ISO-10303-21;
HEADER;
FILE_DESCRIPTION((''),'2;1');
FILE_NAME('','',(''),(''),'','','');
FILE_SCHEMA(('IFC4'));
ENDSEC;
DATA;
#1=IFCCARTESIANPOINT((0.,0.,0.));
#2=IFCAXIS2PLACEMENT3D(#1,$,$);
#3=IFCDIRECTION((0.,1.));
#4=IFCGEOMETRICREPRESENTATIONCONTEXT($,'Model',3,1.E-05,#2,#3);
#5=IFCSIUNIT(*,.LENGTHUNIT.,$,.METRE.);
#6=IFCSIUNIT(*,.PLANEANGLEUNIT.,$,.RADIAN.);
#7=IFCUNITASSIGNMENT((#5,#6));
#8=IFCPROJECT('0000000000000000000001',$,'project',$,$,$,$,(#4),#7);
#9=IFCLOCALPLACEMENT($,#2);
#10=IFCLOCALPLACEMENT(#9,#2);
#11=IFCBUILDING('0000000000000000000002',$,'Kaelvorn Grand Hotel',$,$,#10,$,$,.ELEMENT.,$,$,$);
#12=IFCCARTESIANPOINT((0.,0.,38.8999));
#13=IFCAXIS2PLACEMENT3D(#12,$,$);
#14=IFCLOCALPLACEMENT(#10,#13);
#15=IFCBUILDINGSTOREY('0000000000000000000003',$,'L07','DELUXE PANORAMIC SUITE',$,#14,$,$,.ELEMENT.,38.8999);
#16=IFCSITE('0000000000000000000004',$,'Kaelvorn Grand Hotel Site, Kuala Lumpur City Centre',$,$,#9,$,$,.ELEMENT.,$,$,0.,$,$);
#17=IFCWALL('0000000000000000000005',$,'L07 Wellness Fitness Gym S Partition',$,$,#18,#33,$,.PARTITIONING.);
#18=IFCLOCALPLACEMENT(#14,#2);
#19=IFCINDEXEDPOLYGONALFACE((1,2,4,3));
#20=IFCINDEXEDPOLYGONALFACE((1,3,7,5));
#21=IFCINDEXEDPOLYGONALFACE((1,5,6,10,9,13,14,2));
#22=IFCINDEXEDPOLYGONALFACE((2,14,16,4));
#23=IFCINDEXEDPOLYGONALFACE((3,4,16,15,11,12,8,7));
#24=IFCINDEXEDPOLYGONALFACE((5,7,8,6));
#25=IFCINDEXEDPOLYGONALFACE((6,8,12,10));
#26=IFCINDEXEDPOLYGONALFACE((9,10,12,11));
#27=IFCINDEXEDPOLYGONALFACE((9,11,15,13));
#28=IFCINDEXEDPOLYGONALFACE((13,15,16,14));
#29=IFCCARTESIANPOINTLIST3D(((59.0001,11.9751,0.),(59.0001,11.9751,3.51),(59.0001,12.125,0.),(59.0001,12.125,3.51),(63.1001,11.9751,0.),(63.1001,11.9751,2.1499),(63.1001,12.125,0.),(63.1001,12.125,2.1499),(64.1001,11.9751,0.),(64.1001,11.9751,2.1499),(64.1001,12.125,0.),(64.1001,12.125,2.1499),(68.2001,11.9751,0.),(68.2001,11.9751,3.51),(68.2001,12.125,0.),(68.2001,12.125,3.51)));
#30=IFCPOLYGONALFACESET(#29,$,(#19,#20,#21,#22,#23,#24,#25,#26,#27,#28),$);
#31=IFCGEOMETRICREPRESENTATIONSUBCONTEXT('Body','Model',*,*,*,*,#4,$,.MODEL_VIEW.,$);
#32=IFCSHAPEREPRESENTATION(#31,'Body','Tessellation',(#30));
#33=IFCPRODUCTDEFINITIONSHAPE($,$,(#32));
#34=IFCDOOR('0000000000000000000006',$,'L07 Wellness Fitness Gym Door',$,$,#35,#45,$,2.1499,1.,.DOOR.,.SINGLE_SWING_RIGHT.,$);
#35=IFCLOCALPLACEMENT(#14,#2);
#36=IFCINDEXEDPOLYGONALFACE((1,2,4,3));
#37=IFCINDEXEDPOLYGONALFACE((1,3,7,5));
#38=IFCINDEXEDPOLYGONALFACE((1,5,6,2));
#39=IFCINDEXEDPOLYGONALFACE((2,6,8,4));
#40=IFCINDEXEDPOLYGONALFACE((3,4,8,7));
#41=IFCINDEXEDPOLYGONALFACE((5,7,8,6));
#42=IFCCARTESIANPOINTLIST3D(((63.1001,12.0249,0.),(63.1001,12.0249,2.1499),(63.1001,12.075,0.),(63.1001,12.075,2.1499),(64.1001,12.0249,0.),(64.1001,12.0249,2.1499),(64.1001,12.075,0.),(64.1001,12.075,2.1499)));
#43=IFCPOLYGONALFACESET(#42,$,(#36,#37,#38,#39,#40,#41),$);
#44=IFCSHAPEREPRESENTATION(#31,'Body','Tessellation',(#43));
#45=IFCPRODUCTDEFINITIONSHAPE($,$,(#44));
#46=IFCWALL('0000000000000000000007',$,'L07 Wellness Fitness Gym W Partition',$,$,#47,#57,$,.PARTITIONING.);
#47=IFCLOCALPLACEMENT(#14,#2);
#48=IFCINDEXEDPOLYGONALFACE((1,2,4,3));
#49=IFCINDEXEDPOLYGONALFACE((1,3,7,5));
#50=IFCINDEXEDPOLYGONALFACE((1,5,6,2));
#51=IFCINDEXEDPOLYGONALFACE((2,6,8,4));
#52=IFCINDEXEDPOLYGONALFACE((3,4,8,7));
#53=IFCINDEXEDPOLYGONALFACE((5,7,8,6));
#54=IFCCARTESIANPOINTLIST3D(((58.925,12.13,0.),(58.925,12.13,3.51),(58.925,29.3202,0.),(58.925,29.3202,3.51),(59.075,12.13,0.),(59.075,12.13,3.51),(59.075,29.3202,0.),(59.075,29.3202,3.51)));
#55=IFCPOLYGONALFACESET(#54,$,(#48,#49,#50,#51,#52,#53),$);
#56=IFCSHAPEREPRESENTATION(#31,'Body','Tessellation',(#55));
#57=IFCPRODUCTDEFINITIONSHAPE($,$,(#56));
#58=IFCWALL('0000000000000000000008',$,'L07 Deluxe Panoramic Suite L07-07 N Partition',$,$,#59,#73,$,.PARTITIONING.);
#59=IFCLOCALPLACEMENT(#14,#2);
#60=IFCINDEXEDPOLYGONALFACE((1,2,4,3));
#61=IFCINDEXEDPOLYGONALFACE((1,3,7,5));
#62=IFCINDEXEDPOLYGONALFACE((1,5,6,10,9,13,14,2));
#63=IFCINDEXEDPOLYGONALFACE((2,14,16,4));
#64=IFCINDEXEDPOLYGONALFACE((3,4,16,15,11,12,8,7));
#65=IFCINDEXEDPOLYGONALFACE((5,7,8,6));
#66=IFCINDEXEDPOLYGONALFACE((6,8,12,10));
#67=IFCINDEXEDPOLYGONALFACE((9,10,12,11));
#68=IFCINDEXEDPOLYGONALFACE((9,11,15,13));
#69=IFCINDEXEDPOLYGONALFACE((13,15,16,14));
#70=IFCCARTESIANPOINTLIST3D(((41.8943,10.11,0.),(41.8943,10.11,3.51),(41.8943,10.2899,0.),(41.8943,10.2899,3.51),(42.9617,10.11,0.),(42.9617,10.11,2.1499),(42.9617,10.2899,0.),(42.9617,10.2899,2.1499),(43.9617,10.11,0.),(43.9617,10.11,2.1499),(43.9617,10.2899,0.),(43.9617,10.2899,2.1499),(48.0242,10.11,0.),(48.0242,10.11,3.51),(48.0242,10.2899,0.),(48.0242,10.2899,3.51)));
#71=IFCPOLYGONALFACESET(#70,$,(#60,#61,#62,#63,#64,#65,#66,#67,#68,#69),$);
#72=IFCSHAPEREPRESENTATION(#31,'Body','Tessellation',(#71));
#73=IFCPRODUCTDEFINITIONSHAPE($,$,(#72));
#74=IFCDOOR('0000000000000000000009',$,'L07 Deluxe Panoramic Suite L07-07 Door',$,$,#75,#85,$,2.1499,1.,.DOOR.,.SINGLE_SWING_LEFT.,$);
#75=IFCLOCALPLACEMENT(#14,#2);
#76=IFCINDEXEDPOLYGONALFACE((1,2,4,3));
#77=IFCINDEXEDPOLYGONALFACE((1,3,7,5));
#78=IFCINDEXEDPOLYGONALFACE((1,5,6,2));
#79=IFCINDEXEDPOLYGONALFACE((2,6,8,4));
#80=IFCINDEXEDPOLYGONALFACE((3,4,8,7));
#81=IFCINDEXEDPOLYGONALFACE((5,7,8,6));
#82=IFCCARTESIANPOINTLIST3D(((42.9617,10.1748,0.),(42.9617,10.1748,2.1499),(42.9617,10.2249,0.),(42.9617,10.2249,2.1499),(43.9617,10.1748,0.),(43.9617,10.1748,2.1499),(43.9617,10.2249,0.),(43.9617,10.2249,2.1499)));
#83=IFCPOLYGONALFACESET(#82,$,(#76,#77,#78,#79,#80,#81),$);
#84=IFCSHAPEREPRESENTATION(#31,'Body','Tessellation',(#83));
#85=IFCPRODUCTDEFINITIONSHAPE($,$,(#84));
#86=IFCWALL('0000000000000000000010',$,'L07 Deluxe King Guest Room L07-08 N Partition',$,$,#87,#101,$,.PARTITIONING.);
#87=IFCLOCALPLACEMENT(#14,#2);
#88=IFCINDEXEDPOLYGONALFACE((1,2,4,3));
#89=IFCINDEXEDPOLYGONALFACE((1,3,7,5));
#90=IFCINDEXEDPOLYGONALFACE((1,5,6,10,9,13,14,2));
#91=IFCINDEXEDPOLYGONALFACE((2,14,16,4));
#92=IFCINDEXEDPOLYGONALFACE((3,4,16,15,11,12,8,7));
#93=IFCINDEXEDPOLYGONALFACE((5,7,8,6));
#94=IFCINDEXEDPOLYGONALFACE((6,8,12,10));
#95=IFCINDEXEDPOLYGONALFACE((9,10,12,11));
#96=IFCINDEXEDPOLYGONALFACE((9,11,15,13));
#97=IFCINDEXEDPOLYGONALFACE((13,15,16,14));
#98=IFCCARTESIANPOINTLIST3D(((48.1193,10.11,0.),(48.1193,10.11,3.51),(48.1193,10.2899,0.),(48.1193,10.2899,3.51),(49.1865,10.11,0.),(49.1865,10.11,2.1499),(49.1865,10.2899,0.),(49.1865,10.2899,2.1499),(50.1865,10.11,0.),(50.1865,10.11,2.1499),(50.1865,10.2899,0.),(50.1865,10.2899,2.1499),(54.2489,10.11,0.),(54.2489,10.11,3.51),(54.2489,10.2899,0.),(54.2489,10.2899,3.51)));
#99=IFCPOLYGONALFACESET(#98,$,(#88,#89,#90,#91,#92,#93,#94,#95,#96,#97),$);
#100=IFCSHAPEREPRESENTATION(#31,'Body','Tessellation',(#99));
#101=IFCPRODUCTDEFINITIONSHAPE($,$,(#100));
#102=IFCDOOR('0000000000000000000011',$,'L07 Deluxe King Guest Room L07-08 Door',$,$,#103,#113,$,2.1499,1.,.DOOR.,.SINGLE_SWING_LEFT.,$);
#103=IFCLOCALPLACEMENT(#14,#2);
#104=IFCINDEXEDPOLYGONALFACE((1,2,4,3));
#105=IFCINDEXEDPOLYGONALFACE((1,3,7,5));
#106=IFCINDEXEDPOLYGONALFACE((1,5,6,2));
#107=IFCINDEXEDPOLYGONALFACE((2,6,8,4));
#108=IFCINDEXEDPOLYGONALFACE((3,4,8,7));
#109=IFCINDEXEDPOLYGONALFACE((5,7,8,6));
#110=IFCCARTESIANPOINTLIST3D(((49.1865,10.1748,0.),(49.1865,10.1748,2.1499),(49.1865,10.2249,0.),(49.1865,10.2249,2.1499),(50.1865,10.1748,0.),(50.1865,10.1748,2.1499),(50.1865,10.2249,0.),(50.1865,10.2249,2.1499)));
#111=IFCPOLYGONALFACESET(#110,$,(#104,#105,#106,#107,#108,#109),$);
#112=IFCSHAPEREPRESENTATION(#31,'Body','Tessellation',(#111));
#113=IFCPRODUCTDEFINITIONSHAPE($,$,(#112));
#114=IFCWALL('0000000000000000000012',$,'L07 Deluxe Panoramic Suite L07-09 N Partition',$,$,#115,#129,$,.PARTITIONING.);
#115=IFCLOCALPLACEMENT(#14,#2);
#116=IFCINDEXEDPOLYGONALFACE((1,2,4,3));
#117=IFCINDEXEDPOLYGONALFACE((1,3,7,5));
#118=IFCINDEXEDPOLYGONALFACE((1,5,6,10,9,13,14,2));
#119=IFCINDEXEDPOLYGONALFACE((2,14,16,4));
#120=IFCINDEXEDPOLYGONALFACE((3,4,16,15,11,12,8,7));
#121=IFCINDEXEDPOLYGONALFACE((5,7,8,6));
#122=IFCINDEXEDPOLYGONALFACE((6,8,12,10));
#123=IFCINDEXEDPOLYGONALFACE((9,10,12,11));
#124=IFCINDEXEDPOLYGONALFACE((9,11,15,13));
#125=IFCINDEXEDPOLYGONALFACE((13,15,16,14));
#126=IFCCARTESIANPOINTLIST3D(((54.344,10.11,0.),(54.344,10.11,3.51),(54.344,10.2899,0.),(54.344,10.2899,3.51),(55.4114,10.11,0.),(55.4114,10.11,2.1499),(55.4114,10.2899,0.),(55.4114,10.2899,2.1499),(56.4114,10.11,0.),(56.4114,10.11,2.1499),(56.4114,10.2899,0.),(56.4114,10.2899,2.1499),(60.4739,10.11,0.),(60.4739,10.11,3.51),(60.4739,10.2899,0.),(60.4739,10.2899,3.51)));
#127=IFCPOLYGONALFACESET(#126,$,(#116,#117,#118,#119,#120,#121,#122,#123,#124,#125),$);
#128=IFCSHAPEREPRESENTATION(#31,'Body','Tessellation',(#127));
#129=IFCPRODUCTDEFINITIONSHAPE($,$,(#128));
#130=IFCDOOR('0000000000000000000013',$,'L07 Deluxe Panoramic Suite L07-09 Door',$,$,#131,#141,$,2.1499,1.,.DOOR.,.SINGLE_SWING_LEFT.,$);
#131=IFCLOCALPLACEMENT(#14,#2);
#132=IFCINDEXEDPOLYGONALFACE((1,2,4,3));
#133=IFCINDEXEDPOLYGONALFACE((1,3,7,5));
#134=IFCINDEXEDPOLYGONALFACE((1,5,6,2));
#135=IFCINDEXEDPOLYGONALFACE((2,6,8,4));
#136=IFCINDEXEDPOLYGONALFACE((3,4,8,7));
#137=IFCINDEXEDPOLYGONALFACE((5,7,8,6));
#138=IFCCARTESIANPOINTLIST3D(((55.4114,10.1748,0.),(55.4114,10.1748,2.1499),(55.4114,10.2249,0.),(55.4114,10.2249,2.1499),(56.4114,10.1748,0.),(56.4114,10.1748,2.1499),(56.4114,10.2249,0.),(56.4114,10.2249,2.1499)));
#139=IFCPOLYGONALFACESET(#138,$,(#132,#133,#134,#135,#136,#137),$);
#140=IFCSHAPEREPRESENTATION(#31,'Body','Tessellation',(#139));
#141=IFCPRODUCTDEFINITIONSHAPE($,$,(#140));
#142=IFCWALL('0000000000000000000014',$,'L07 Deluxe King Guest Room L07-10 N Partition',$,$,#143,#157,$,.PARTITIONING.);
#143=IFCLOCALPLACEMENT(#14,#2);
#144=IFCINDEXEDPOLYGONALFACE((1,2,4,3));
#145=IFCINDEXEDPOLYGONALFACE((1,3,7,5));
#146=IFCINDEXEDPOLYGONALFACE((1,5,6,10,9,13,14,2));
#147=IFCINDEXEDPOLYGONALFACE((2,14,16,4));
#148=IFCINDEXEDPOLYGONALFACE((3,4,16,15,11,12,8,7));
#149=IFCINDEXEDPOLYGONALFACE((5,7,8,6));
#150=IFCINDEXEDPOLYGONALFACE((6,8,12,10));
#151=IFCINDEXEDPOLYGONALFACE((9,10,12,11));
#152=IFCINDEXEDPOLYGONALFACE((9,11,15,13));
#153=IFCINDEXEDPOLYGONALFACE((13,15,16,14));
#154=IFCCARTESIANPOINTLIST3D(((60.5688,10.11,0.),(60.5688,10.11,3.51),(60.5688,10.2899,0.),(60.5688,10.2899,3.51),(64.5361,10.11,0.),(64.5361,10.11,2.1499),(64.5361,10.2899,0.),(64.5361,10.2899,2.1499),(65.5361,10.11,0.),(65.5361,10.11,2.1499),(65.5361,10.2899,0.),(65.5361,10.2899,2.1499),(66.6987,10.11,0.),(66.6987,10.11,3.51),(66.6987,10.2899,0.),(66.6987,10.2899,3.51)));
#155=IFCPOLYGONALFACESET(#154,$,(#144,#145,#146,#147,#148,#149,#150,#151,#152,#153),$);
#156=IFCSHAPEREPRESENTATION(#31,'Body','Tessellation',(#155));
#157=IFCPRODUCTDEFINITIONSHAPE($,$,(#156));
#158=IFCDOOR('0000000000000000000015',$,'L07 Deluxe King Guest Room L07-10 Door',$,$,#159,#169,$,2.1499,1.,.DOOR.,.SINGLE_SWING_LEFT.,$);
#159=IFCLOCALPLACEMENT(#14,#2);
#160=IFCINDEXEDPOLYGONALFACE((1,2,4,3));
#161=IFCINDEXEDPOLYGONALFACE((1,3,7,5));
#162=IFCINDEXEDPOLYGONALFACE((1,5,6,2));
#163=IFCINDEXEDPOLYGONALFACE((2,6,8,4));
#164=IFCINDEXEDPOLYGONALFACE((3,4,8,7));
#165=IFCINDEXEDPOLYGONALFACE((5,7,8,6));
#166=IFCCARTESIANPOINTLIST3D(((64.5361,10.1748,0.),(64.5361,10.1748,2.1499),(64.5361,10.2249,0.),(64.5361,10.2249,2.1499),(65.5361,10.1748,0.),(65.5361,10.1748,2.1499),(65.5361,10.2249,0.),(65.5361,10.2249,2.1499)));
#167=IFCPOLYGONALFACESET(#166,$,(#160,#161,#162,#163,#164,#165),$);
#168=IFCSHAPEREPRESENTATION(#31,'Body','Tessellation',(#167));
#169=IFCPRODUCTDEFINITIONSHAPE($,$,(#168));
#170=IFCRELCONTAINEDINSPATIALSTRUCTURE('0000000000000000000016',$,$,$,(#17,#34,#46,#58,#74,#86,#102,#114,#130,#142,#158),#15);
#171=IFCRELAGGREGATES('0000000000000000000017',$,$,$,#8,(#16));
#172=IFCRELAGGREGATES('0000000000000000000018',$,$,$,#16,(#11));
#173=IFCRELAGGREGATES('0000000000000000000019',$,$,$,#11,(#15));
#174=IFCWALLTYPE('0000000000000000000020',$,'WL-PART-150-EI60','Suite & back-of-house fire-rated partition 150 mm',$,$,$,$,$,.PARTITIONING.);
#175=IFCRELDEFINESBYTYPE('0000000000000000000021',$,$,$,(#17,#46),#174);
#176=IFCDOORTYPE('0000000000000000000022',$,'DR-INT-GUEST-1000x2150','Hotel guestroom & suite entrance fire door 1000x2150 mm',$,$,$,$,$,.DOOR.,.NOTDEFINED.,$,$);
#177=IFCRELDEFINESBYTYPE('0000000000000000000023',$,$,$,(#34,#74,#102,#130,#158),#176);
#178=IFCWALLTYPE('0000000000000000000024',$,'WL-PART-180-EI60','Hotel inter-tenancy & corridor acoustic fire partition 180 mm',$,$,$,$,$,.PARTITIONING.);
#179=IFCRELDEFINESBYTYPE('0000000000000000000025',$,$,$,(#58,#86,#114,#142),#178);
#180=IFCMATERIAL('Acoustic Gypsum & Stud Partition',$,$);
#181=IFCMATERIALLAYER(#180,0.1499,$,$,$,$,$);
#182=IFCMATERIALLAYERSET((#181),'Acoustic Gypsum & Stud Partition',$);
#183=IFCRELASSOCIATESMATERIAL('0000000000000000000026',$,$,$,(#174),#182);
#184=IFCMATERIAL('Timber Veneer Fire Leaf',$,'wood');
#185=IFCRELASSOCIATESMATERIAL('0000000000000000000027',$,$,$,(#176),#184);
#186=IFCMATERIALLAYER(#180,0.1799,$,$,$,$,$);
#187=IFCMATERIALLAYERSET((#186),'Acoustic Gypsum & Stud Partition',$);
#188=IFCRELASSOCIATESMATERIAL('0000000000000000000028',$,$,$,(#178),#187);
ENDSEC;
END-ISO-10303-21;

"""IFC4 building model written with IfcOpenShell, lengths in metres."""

from ifc_helpers import new_model, si_unit, direction, frame, frame_2d, origin, place, context, subcontext, project, spatial, rectangle, extrude, material, layer, layer_set, type_object, element, fill, save


model = new_model("IFC4")

# Units and contexts
model_context = context("Model", 3, precision=1e-05, world=origin(), true_north=direction((0.0, 1.0)))
body_context = subcontext(model_context, "Body", "Model", "MODEL_VIEW")
ifc_project = project(units=[si_unit("LENGTHUNIT", "METRE"), si_unit("PLANEANGLEUNIT", "RADIAN")], contexts=[model_context])

# Site, building, storey
site_placement = place(None, origin())
site = spatial("IfcSite", under=ifc_project, at=site_placement, Name="Kaelvorn Grand Hotel Site, Kuala Lumpur City Centre", CompositionType="ELEMENT", RefElevation=0.0)
building_placement = place(site_placement, origin())
building = spatial("IfcBuilding", under=site, at=building_placement, Name="Kaelvorn Grand Hotel", CompositionType="ELEMENT")
storey_placement = place(building_placement, frame((0.0, 0.0, 38.8999)))
storey = spatial("IfcBuildingStorey", under=building, at=storey_placement, Name="L07", Description="DELUXE PANORAMIC SUITE", CompositionType="ELEMENT", Elevation=38.8999)

# Shared definitions
ifc_material_1 = material(Name="Acoustic Gypsum & Stud Partition")
ifc_layer_1 = layer(ifc_material_1, 0.1499)
ifc_layer_set_1 = layer_set([ifc_layer_1], Name="Acoustic Gypsum & Stud Partition")
wall_type_1 = type_object("IfcWallType", Name="WL-PART-150-EI60", Description="Suite & back-of-house fire-rated partition 150 mm", PredefinedType="PARTITIONING", material=ifc_layer_set_1)

# Wall, opening, door
wall_1_placement = place(storey_placement, frame((59.0, 12.05, 0.0), z_axis=(0.0, 0.0, 1.0), x_axis=(1.0, 0.0, 0.0)))
wall_1 = element("IfcWall", 1, at=wall_1_placement, inside=storey, type_object=wall_type_1, Name="L07 Wellness Fitness Gym S Partition", PredefinedType="PARTITIONING", context=body_context, shape_type="SweptSolid", body=[
    extrude(rectangle(XDim=9.2, YDim=0.1499, at=frame_2d((4.6001, 0.0))), origin(), (0.0, 0.0, 1.0), 3.51),
])
opening_1_placement = place(wall_1_placement, frame((4.1001, 0.0, 0.0)))
opening_1 = element("IfcOpeningElement", 2, at=opening_1_placement, cuts=wall_1, PredefinedType="OPENING", context=body_context, shape_type="SweptSolid", body=[
    extrude(rectangle(XDim=1.0, YDim=2.1499, at=frame_2d((0.5, 1.075))), frame((0.0, 0.085, 0.0), z_axis=(0.0, -1.0, 0.0), x_axis=(1.0, 0.0, 0.0)), (0.0, 0.0, 1.0), 0.1699),
])
ifc_material_2 = material(Name="Timber Veneer Fire Leaf", Category="wood")
door_type_1 = type_object("IfcDoorType", Name="DR-INT-GUEST-1000x2150", Description="Hotel guestroom & suite entrance fire door 1000x2150 mm", OperationType="NOTDEFINED", PredefinedType="DOOR", material=ifc_material_2)
door_1_placement = place(opening_1_placement, origin())
door_1 = element("IfcDoor", 3, at=door_1_placement, inside=storey, type_object=door_type_1, Name="L07 Wellness Fitness Gym Door", OperationType="SINGLE_SWING_RIGHT", OverallHeight=2.1499, OverallWidth=1.0, PredefinedType="DOOR", context=body_context, shape_type="SweptSolid", body=[
    extrude(rectangle(XDim=1.0, YDim=2.1499, at=frame_2d((0.5, 1.075))), frame((0.0, 0.0249, 0.0), z_axis=(0.0, -1.0, 0.0), x_axis=(1.0, 0.0, 0.0)), (0.0, 0.0, 1.0), 0.05),
])
fill(opening_1, door_1)

# Wall
wall_2_placement = place(storey_placement, frame((59.0, 12.1299, 0.0), z_axis=(0.0, 0.0, 1.0), x_axis=(0.0, 1.0, 0.0)))
element("IfcWall", 4, at=wall_2_placement, inside=storey, type_object=wall_type_1, Name="L07 Wellness Fitness Gym W Partition", PredefinedType="PARTITIONING", context=body_context, shape_type="SweptSolid", body=[
    extrude(rectangle(XDim=17.1902, YDim=0.1499, at=frame_2d((8.5952, 0.0))), origin(), (0.0, 0.0, 1.0), 3.51),
])

# Walls, openings, doors
ifc_layer_2 = layer(ifc_material_1, 0.1799)
ifc_layer_set_2 = layer_set([ifc_layer_2], Name="Acoustic Gypsum & Stud Partition")
wall_type_2 = type_object("IfcWallType", Name="WL-PART-180-EI60", Description="Hotel inter-tenancy & corridor acoustic fire partition 180 mm", PredefinedType="PARTITIONING", material=ifc_layer_set_2)
wall_3_placement = place(storey_placement, frame((41.8943, 10.2, 0.0), z_axis=(0.0, 0.0, 1.0), x_axis=(1.0, 0.0, 0.0)))
wall_3 = element("IfcWall", 5, at=wall_3_placement, inside=storey, type_object=wall_type_2, Name="L07 Deluxe Panoramic Suite L07-07 N Partition", PredefinedType="PARTITIONING", context=body_context, shape_type="SweptSolid", body=[
    extrude(rectangle(XDim=6.1299, YDim=0.1799, at=frame_2d((3.0649, 0.0))), origin(), (0.0, 0.0, 1.0), 3.51),
])
opening_2_placement = place(wall_3_placement, frame((1.0674, 0.0, 0.0)))
opening_2 = element("IfcOpeningElement", 6, at=opening_2_placement, cuts=wall_3, PredefinedType="OPENING", context=body_context, shape_type="SweptSolid", body=[
    extrude(rectangle(XDim=1.0, YDim=2.1499, at=frame_2d((0.5, 1.075))), frame((0.0, 0.1001, 0.0), z_axis=(0.0, -1.0, 0.0), x_axis=(1.0, 0.0, 0.0)), (0.0, 0.0, 1.0), 0.2),
])
door_2_placement = place(opening_2_placement, origin())
door_2 = element("IfcDoor", 7, at=door_2_placement, inside=storey, type_object=door_type_1, Name="L07 Deluxe Panoramic Suite L07-07 Door", OperationType="SINGLE_SWING_LEFT", OverallHeight=2.1499, OverallWidth=1.0, PredefinedType="DOOR", context=body_context, shape_type="SweptSolid", body=[
    extrude(rectangle(XDim=1.0, YDim=2.1499, at=frame_2d((0.5, 1.075))), frame((0.0, 0.0249, 0.0), z_axis=(0.0, -1.0, 0.0), x_axis=(1.0, 0.0, 0.0)), (0.0, 0.0, 1.0), 0.05),
])
fill(opening_2, door_2)
wall_4_placement = place(storey_placement, frame((48.1191, 10.2, 0.0), z_axis=(0.0, 0.0, 1.0), x_axis=(1.0, 0.0, 0.0)))
wall_4 = element("IfcWall", 8, at=wall_4_placement, inside=storey, type_object=wall_type_2, Name="L07 Deluxe King Guest Room L07-08 N Partition", PredefinedType="PARTITIONING", context=body_context, shape_type="SweptSolid", body=[
    extrude(rectangle(XDim=6.1296, YDim=0.1799, at=frame_2d((3.0649, 0.0))), origin(), (0.0, 0.0, 1.0), 3.51),
])
opening_3_placement = place(wall_4_placement, frame((1.0674, 0.0, 0.0)))
opening_3 = element("IfcOpeningElement", 9, at=opening_3_placement, cuts=wall_4, PredefinedType="OPENING", context=body_context, shape_type="SweptSolid", body=[
    extrude(rectangle(XDim=1.0, YDim=2.1499, at=frame_2d((0.5, 1.075))), frame((0.0, 0.1001, 0.0), z_axis=(0.0, -1.0, 0.0), x_axis=(1.0, 0.0, 0.0)), (0.0, 0.0, 1.0), 0.2),
])
door_3_placement = place(opening_3_placement, origin())
door_3 = element("IfcDoor", 10, at=door_3_placement, inside=storey, type_object=door_type_1, Name="L07 Deluxe King Guest Room L07-08 Door", OperationType="SINGLE_SWING_LEFT", OverallHeight=2.1499, OverallWidth=1.0, PredefinedType="DOOR", context=body_context, shape_type="SweptSolid", body=[
    extrude(rectangle(XDim=1.0, YDim=2.1499, at=frame_2d((0.5, 1.075))), frame((0.0, 0.0249, 0.0), z_axis=(0.0, -1.0, 0.0), x_axis=(1.0, 0.0, 0.0)), (0.0, 0.0, 1.0), 0.05),
])
fill(opening_3, door_3)
wall_5_placement = place(storey_placement, frame((54.344, 10.2, 0.0), z_axis=(0.0, 0.0, 1.0), x_axis=(1.0, 0.0, 0.0)))
wall_5 = element("IfcWall", 11, at=wall_5_placement, inside=storey, type_object=wall_type_2, Name="L07 Deluxe Panoramic Suite L07-09 N Partition", PredefinedType="PARTITIONING", context=body_context, shape_type="SweptSolid", body=[
    extrude(rectangle(XDim=6.1299, YDim=0.1799, at=frame_2d((3.0649, 0.0))), origin(), (0.0, 0.0, 1.0), 3.51),
])
opening_4_placement = place(wall_5_placement, frame((1.0674, 0.0, 0.0)))
opening_4 = element("IfcOpeningElement", 12, at=opening_4_placement, cuts=wall_5, PredefinedType="OPENING", context=body_context, shape_type="SweptSolid", body=[
    extrude(rectangle(XDim=1.0, YDim=2.1499, at=frame_2d((0.5, 1.075))), frame((0.0, 0.1001, 0.0), z_axis=(0.0, -1.0, 0.0), x_axis=(1.0, 0.0, 0.0)), (0.0, 0.0, 1.0), 0.2),
])
door_4_placement = place(opening_4_placement, origin())
door_4 = element("IfcDoor", 13, at=door_4_placement, inside=storey, type_object=door_type_1, Name="L07 Deluxe Panoramic Suite L07-09 Door", OperationType="SINGLE_SWING_LEFT", OverallHeight=2.1499, OverallWidth=1.0, PredefinedType="DOOR", context=body_context, shape_type="SweptSolid", body=[
    extrude(rectangle(XDim=1.0, YDim=2.1499, at=frame_2d((0.5, 1.075))), frame((0.0, 0.0249, 0.0), z_axis=(0.0, -1.0, 0.0), x_axis=(1.0, 0.0, 0.0)), (0.0, 0.0, 1.0), 0.05),
])
fill(opening_4, door_4)
wall_6_placement = place(storey_placement, frame((60.5688, 10.2, 0.0), z_axis=(0.0, 0.0, 1.0), x_axis=(1.0, 0.0, 0.0)))
wall_6 = element("IfcWall", 14, at=wall_6_placement, inside=storey, type_object=wall_type_2, Name="L07 Deluxe King Guest Room L07-10 N Partition", PredefinedType="PARTITIONING", context=body_context, shape_type="SweptSolid", body=[
    extrude(rectangle(XDim=6.1299, YDim=0.1799, at=frame_2d((3.0649, 0.0))), origin(), (0.0, 0.0, 1.0), 3.51),
])
opening_5_placement = place(wall_6_placement, frame((3.9673, 0.0, 0.0)))
opening_5 = element("IfcOpeningElement", 15, at=opening_5_placement, cuts=wall_6, PredefinedType="OPENING", context=body_context, shape_type="SweptSolid", body=[
    extrude(rectangle(XDim=1.0, YDim=2.1499, at=frame_2d((0.5, 1.075))), frame((0.0, 0.1001, 0.0), z_axis=(0.0, -1.0, 0.0), x_axis=(1.0, 0.0, 0.0)), (0.0, 0.0, 1.0), 0.2),
])
door_5_placement = place(opening_5_placement, origin())
door_5 = element("IfcDoor", 16, at=door_5_placement, inside=storey, type_object=door_type_1, Name="L07 Deluxe King Guest Room L07-10 Door", OperationType="SINGLE_SWING_LEFT", OverallHeight=2.1499, OverallWidth=1.0, PredefinedType="DOOR", context=body_context, shape_type="SweptSolid", body=[
    extrude(rectangle(XDim=1.0, YDim=2.1499, at=frame_2d((0.5, 1.075))), frame((0.0, 0.0249, 0.0), z_axis=(0.0, -1.0, 0.0), x_axis=(1.0, 0.0, 0.0)), (0.0, 0.0, 1.0), 0.05),
])
fill(opening_5, door_5)

save(model, "model.ifc")
